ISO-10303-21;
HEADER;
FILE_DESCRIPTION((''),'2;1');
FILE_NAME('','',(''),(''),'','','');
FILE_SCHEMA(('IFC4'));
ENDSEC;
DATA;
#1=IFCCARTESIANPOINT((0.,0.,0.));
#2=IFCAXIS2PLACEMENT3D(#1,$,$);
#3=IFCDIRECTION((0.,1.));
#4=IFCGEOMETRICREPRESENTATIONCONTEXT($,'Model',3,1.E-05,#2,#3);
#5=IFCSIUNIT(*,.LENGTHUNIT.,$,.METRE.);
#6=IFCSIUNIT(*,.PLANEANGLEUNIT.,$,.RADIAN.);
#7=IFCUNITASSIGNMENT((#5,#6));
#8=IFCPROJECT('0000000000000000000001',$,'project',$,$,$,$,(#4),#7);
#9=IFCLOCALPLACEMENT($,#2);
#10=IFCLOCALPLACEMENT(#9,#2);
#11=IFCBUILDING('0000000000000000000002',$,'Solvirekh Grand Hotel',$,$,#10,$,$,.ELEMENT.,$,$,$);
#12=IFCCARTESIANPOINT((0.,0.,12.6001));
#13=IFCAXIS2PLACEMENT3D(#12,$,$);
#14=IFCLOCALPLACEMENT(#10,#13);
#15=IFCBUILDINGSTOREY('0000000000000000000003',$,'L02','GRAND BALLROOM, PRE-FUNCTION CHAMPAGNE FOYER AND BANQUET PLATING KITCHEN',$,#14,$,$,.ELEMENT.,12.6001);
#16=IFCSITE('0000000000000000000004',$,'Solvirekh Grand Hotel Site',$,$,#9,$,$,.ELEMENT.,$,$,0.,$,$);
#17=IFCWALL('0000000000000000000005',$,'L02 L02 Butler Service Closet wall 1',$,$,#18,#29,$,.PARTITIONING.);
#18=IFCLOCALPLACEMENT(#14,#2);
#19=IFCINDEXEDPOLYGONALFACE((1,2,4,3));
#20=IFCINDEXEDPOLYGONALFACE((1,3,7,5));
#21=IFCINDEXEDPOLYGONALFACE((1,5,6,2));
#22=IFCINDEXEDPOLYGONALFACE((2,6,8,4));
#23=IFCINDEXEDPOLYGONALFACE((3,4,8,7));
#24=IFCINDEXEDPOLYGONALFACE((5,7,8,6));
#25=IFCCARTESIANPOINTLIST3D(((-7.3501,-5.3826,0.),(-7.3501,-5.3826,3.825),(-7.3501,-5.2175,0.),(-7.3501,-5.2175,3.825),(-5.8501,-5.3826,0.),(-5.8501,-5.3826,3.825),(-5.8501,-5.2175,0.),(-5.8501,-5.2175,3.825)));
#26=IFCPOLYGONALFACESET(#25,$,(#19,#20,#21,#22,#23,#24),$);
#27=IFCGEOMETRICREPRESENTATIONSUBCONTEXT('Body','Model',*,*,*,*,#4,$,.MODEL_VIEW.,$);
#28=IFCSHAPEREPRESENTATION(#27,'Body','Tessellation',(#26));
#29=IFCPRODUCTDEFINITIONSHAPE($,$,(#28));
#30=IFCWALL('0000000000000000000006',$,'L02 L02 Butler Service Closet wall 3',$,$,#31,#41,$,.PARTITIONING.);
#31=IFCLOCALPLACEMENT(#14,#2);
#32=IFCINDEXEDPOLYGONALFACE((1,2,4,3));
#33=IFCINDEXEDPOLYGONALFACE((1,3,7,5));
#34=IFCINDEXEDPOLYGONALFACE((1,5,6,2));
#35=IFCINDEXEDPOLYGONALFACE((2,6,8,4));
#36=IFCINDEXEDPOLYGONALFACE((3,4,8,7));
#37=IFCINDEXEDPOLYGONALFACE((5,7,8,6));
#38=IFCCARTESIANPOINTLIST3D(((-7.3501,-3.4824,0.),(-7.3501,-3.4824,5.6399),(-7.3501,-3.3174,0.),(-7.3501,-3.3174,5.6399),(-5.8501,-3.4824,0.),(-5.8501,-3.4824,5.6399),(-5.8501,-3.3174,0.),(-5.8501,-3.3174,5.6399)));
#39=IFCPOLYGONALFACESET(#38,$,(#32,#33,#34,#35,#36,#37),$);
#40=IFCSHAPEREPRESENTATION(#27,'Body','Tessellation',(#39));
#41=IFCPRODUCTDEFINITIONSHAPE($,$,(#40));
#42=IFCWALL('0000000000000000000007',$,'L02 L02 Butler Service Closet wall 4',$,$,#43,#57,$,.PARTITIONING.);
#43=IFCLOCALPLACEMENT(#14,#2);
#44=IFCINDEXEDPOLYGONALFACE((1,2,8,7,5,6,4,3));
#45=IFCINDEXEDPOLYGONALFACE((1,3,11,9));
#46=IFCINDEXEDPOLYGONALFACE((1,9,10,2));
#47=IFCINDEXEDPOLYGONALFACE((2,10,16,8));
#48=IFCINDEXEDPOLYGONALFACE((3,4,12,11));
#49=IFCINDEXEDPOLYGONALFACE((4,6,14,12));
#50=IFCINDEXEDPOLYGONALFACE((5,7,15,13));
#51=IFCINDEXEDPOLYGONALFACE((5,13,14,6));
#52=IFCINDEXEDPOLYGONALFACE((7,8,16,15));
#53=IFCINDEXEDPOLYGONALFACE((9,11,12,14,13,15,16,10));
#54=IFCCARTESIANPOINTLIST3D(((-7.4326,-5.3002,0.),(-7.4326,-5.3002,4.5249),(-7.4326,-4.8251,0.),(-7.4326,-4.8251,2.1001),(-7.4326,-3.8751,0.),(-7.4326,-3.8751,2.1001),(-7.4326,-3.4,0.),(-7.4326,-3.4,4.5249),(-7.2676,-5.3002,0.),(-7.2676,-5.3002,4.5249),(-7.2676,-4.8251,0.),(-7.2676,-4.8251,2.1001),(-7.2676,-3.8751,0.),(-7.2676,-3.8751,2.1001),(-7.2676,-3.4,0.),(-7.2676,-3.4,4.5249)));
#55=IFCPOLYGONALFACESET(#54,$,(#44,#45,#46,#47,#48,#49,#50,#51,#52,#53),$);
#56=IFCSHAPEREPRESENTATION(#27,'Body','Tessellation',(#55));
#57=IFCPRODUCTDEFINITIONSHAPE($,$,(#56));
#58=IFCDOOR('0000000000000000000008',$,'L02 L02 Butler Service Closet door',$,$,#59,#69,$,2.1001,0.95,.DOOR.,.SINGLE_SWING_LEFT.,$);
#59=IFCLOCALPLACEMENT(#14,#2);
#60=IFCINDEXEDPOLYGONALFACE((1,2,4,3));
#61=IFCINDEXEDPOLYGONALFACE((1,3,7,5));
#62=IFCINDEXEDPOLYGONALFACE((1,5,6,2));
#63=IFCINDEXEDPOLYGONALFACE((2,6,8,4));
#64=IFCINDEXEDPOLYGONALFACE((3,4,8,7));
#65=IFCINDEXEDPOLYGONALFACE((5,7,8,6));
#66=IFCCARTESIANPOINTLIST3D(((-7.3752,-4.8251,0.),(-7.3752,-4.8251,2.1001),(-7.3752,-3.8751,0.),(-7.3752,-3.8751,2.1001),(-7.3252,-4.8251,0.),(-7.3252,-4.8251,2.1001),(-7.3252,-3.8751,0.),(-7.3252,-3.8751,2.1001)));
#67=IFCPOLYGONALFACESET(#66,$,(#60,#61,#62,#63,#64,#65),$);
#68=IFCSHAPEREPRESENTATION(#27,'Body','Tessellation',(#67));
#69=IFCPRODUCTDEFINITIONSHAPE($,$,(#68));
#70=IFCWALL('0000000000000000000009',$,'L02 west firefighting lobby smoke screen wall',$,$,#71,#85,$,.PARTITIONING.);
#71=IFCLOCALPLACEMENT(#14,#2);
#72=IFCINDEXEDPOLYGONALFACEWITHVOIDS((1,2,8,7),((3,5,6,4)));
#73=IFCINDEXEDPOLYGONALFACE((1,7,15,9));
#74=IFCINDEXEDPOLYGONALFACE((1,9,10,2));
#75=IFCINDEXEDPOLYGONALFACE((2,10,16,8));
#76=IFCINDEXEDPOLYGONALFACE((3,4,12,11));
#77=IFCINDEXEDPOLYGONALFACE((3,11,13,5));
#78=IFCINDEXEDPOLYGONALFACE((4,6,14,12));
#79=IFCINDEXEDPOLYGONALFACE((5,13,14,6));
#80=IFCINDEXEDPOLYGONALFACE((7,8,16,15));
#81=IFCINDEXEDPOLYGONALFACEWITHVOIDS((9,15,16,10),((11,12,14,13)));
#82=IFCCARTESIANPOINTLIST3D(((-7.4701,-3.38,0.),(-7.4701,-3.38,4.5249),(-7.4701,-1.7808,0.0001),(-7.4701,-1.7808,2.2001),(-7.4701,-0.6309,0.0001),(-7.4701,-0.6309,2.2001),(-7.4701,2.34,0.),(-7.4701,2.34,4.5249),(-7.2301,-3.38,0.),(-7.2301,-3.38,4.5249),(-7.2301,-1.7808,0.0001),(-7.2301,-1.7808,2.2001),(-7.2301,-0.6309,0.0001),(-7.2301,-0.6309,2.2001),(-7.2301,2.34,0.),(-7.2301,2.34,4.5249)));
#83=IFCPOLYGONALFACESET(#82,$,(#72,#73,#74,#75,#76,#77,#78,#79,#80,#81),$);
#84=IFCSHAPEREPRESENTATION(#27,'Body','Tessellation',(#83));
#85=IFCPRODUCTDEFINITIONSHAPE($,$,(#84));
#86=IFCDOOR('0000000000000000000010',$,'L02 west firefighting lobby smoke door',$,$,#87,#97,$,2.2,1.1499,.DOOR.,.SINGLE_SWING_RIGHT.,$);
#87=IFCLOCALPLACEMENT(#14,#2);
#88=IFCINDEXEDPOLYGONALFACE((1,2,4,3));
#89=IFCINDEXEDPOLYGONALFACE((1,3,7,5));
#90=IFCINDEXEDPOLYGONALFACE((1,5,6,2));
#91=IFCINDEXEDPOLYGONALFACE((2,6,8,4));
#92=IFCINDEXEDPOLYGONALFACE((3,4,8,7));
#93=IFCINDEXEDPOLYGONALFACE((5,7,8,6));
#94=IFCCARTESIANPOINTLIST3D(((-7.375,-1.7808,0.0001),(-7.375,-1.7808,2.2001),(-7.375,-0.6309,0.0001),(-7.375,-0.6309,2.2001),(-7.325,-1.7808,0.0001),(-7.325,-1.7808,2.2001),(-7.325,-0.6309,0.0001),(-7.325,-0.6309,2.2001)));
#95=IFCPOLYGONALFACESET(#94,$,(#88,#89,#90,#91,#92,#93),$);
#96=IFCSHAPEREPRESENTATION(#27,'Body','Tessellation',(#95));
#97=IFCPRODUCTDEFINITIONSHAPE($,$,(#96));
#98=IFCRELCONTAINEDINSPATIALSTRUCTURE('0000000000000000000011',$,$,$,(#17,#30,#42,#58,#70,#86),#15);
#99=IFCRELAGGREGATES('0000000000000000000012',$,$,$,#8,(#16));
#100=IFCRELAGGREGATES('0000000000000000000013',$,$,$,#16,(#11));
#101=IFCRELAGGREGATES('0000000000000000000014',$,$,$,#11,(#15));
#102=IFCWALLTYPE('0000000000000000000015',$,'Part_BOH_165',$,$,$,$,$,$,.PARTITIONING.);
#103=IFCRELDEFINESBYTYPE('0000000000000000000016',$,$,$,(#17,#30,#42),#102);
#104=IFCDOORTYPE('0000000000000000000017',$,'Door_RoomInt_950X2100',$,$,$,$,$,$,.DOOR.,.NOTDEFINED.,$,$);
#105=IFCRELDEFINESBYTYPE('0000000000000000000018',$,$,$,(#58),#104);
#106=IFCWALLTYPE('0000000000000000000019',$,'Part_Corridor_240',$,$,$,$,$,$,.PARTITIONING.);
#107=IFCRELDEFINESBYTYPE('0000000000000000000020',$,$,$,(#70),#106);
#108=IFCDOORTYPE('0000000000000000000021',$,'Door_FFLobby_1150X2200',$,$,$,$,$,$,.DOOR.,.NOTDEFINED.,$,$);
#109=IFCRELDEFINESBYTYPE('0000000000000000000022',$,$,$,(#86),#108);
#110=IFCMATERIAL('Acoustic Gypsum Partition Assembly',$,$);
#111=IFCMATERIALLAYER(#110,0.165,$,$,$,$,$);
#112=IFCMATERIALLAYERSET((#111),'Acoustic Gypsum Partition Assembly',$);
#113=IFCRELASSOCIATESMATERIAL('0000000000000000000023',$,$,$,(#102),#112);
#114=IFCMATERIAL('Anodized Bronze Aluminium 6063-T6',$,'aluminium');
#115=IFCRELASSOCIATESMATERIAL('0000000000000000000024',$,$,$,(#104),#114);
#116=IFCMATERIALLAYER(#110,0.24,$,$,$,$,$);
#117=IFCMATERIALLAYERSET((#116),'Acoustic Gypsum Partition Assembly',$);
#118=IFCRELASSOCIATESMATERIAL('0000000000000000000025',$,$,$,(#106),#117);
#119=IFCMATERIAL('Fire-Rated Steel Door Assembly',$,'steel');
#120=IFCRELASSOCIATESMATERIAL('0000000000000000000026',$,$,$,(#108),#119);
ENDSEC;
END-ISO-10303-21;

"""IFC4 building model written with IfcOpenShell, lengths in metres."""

from ifc_helpers import new_model, si_unit, direction, frame, frame_2d, origin, place, context, subcontext, project, spatial, rectangle, extrude, material, layer, layer_set, type_object, element, fill, save


model = new_model("IFC4")

# Units and contexts
model_context = context("Model", 3, precision=1e-05, world=origin(), true_north=direction((0.0, 1.0)))
body_context = subcontext(model_context, "Body", "Model", "MODEL_VIEW")
ifc_project = project(units=[si_unit("LENGTHUNIT", "METRE"), si_unit("PLANEANGLEUNIT", "RADIAN")], contexts=[model_context])

# Site, building, storey
site_placement = place(None, origin())
site = spatial("IfcSite", under=ifc_project, at=site_placement, Name="Solvirekh Grand Hotel Site", CompositionType="ELEMENT", RefElevation=0.0)
building_placement = place(site_placement, origin())
building = spatial("IfcBuilding", under=site, at=building_placement, Name="Solvirekh Grand Hotel", CompositionType="ELEMENT")
storey_placement = place(building_placement, frame((0.0, 0.0, 12.6001)))
storey = spatial("IfcBuildingStorey", under=building, at=storey_placement, Name="L02", Description="GRAND BALLROOM, PRE-FUNCTION CHAMPAGNE FOYER AND BANQUET PLATING KITCHEN", CompositionType="ELEMENT", Elevation=12.6001)

# Shared definitions
ifc_material_1 = material(Name="Fire-Rated Steel Door Assembly", Category="steel")

# Walls
ifc_material_2 = material(Name="Acoustic Gypsum Partition Assembly")
ifc_layer_1 = layer(ifc_material_2, 0.165)
ifc_layer_set_1 = layer_set([ifc_layer_1], Name="Acoustic Gypsum Partition Assembly")
wall_type_1 = type_object("IfcWallType", Name="Part_BOH_165", PredefinedType="PARTITIONING", material=ifc_layer_set_1)
wall_1_placement = place(storey_placement, frame((-7.3501, -5.3, 0.0), z_axis=(0.0, 0.0, 1.0), x_axis=(1.0, 0.0, 0.0)))
element("IfcWall", 1, at=wall_1_placement, inside=storey, type_object=wall_type_1, Name="L02 L02 Butler Service Closet wall 1", PredefinedType="PARTITIONING", context=body_context, shape_type="SweptSolid", body=[
    extrude(rectangle(XDim=1.5, YDim=0.165, at=frame_2d((0.75, 0.0))), origin(), (0.0, 0.0, 1.0), 3.825),
])
wall_2_placement = place(storey_placement, frame((-5.8501, -3.3999, 0.0), z_axis=(0.0, 0.0, 1.0), x_axis=(-1.0, 0.0, 0.0)))
element("IfcWall", 2, at=wall_2_placement, inside=storey, type_object=wall_type_1, Name="L02 L02 Butler Service Closet wall 3", PredefinedType="PARTITIONING", context=body_context, shape_type="SweptSolid", body=[
    extrude(rectangle(XDim=1.5, YDim=0.165, at=frame_2d((0.75, 0.0))), origin(), (0.0, 0.0, 1.0), 5.6399),
])

# Walls, openings, doors
wall_3_placement = place(storey_placement, frame((-7.3501, -3.3999, 0.0), z_axis=(0.0, 0.0, 1.0), x_axis=(0.0, -1.0, 0.0)))
wall_3 = element("IfcWall", 3, at=wall_3_placement, inside=storey, type_object=wall_type_1, Name="L02 L02 Butler Service Closet wall 4", PredefinedType="PARTITIONING", context=body_context, shape_type="SweptSolid", body=[
    extrude(rectangle(XDim=1.9001, YDim=0.165, at=frame_2d((0.9502, 0.0))), origin(), (0.0, 0.0, 1.0), 4.5249),
])
opening_1_placement = place(wall_3_placement, frame((0.4751, 0.0, 0.0)))
opening_1 = element("IfcOpeningElement", 4, at=opening_1_placement, cuts=wall_3, PredefinedType="OPENING", context=body_context, shape_type="SweptSolid", body=[
    extrude(rectangle(XDim=0.95, YDim=2.1001, at=frame_2d((0.4751, 1.05))), frame((0.0, 0.0925, 0.0), z_axis=(0.0, -1.0, 0.0), x_axis=(1.0, 0.0, 0.0)), (0.0, 0.0, 1.0), 0.1851),
])
ifc_material_3 = material(Name="Anodized Bronze Aluminium 6063-T6", Category="aluminium")
door_type_1 = type_object("IfcDoorType", Name="Door_RoomInt_950X2100", OperationType="NOTDEFINED", PredefinedType="DOOR", material=ifc_material_3)
door_1_placement = place(opening_1_placement, origin())
door_1 = element("IfcDoor", 5, at=door_1_placement, inside=storey, type_object=door_type_1, Name="L02 L02 Butler Service Closet door", OperationType="SINGLE_SWING_LEFT", OverallHeight=2.1001, OverallWidth=0.95, PredefinedType="DOOR", context=body_context, shape_type="SweptSolid", body=[
    extrude(rectangle(XDim=0.95, YDim=2.1001, at=frame_2d((0.4751, 1.05))), frame((0.0, 0.0249, 0.0), z_axis=(0.0, -1.0, 0.0), x_axis=(1.0, 0.0, 0.0)), (0.0, 0.0, 1.0), 0.05),
])
fill(opening_1, door_1)
ifc_layer_2 = layer(ifc_material_2, 0.24)
ifc_layer_set_2 = layer_set([ifc_layer_2], Name="Acoustic Gypsum Partition Assembly")
wall_type_2 = type_object("IfcWallType", Name="Part_Corridor_240", PredefinedType="PARTITIONING", material=ifc_layer_set_2)
wall_4_placement = place(storey_placement, frame((-7.3501, -3.3799, 0.0), z_axis=(0.0, 0.0, 1.0), x_axis=(0.0, 1.0, 0.0)))
wall_4 = element("IfcWall", 6, at=wall_4_placement, inside=storey, type_object=wall_type_2, Name="L02 west firefighting lobby smoke screen wall", PredefinedType="PARTITIONING", context=body_context, shape_type="SweptSolid", body=[
    extrude(rectangle(XDim=5.72, YDim=0.24, at=frame_2d((2.8599, 0.0))), origin(), (0.0, 0.0, 1.0), 4.5249),
])
opening_2_placement = place(wall_4_placement, frame((1.5991, 0.0, 0.0)))
opening_2 = element("IfcOpeningElement", 7, at=opening_2_placement, cuts=wall_4, PredefinedType="OPENING", context=body_context, shape_type="SweptSolid", body=[
    extrude(rectangle(XDim=1.1499, YDim=2.2, at=frame_2d((0.575, 1.1001))), frame((0.0, 0.1299, 0.0), z_axis=(0.0, -1.0, 0.0), x_axis=(1.0, 0.0, 0.0)), (0.0, 0.0, 1.0), 0.26),
])
door_type_2 = type_object("IfcDoorType", Name="Door_FFLobby_1150X2200", OperationType="NOTDEFINED", PredefinedType="DOOR", material=ifc_material_1)
door_2_placement = place(opening_2_placement, origin())
door_2 = element("IfcDoor", 8, at=door_2_placement, inside=storey, type_object=door_type_2, Name="L02 west firefighting lobby smoke door", OperationType="SINGLE_SWING_RIGHT", OverallHeight=2.2, OverallWidth=1.1499, PredefinedType="DOOR", context=body_context, shape_type="SweptSolid", body=[
    extrude(rectangle(XDim=1.1499, YDim=2.2, at=frame_2d((0.575, 1.1001))), frame((0.0, 0.0249, 0.0), z_axis=(0.0, -1.0, 0.0), x_axis=(1.0, 0.0, 0.0)), (0.0, 0.0, 1.0), 0.05),
])
fill(opening_2, door_2)

save(model, "model.ifc")
